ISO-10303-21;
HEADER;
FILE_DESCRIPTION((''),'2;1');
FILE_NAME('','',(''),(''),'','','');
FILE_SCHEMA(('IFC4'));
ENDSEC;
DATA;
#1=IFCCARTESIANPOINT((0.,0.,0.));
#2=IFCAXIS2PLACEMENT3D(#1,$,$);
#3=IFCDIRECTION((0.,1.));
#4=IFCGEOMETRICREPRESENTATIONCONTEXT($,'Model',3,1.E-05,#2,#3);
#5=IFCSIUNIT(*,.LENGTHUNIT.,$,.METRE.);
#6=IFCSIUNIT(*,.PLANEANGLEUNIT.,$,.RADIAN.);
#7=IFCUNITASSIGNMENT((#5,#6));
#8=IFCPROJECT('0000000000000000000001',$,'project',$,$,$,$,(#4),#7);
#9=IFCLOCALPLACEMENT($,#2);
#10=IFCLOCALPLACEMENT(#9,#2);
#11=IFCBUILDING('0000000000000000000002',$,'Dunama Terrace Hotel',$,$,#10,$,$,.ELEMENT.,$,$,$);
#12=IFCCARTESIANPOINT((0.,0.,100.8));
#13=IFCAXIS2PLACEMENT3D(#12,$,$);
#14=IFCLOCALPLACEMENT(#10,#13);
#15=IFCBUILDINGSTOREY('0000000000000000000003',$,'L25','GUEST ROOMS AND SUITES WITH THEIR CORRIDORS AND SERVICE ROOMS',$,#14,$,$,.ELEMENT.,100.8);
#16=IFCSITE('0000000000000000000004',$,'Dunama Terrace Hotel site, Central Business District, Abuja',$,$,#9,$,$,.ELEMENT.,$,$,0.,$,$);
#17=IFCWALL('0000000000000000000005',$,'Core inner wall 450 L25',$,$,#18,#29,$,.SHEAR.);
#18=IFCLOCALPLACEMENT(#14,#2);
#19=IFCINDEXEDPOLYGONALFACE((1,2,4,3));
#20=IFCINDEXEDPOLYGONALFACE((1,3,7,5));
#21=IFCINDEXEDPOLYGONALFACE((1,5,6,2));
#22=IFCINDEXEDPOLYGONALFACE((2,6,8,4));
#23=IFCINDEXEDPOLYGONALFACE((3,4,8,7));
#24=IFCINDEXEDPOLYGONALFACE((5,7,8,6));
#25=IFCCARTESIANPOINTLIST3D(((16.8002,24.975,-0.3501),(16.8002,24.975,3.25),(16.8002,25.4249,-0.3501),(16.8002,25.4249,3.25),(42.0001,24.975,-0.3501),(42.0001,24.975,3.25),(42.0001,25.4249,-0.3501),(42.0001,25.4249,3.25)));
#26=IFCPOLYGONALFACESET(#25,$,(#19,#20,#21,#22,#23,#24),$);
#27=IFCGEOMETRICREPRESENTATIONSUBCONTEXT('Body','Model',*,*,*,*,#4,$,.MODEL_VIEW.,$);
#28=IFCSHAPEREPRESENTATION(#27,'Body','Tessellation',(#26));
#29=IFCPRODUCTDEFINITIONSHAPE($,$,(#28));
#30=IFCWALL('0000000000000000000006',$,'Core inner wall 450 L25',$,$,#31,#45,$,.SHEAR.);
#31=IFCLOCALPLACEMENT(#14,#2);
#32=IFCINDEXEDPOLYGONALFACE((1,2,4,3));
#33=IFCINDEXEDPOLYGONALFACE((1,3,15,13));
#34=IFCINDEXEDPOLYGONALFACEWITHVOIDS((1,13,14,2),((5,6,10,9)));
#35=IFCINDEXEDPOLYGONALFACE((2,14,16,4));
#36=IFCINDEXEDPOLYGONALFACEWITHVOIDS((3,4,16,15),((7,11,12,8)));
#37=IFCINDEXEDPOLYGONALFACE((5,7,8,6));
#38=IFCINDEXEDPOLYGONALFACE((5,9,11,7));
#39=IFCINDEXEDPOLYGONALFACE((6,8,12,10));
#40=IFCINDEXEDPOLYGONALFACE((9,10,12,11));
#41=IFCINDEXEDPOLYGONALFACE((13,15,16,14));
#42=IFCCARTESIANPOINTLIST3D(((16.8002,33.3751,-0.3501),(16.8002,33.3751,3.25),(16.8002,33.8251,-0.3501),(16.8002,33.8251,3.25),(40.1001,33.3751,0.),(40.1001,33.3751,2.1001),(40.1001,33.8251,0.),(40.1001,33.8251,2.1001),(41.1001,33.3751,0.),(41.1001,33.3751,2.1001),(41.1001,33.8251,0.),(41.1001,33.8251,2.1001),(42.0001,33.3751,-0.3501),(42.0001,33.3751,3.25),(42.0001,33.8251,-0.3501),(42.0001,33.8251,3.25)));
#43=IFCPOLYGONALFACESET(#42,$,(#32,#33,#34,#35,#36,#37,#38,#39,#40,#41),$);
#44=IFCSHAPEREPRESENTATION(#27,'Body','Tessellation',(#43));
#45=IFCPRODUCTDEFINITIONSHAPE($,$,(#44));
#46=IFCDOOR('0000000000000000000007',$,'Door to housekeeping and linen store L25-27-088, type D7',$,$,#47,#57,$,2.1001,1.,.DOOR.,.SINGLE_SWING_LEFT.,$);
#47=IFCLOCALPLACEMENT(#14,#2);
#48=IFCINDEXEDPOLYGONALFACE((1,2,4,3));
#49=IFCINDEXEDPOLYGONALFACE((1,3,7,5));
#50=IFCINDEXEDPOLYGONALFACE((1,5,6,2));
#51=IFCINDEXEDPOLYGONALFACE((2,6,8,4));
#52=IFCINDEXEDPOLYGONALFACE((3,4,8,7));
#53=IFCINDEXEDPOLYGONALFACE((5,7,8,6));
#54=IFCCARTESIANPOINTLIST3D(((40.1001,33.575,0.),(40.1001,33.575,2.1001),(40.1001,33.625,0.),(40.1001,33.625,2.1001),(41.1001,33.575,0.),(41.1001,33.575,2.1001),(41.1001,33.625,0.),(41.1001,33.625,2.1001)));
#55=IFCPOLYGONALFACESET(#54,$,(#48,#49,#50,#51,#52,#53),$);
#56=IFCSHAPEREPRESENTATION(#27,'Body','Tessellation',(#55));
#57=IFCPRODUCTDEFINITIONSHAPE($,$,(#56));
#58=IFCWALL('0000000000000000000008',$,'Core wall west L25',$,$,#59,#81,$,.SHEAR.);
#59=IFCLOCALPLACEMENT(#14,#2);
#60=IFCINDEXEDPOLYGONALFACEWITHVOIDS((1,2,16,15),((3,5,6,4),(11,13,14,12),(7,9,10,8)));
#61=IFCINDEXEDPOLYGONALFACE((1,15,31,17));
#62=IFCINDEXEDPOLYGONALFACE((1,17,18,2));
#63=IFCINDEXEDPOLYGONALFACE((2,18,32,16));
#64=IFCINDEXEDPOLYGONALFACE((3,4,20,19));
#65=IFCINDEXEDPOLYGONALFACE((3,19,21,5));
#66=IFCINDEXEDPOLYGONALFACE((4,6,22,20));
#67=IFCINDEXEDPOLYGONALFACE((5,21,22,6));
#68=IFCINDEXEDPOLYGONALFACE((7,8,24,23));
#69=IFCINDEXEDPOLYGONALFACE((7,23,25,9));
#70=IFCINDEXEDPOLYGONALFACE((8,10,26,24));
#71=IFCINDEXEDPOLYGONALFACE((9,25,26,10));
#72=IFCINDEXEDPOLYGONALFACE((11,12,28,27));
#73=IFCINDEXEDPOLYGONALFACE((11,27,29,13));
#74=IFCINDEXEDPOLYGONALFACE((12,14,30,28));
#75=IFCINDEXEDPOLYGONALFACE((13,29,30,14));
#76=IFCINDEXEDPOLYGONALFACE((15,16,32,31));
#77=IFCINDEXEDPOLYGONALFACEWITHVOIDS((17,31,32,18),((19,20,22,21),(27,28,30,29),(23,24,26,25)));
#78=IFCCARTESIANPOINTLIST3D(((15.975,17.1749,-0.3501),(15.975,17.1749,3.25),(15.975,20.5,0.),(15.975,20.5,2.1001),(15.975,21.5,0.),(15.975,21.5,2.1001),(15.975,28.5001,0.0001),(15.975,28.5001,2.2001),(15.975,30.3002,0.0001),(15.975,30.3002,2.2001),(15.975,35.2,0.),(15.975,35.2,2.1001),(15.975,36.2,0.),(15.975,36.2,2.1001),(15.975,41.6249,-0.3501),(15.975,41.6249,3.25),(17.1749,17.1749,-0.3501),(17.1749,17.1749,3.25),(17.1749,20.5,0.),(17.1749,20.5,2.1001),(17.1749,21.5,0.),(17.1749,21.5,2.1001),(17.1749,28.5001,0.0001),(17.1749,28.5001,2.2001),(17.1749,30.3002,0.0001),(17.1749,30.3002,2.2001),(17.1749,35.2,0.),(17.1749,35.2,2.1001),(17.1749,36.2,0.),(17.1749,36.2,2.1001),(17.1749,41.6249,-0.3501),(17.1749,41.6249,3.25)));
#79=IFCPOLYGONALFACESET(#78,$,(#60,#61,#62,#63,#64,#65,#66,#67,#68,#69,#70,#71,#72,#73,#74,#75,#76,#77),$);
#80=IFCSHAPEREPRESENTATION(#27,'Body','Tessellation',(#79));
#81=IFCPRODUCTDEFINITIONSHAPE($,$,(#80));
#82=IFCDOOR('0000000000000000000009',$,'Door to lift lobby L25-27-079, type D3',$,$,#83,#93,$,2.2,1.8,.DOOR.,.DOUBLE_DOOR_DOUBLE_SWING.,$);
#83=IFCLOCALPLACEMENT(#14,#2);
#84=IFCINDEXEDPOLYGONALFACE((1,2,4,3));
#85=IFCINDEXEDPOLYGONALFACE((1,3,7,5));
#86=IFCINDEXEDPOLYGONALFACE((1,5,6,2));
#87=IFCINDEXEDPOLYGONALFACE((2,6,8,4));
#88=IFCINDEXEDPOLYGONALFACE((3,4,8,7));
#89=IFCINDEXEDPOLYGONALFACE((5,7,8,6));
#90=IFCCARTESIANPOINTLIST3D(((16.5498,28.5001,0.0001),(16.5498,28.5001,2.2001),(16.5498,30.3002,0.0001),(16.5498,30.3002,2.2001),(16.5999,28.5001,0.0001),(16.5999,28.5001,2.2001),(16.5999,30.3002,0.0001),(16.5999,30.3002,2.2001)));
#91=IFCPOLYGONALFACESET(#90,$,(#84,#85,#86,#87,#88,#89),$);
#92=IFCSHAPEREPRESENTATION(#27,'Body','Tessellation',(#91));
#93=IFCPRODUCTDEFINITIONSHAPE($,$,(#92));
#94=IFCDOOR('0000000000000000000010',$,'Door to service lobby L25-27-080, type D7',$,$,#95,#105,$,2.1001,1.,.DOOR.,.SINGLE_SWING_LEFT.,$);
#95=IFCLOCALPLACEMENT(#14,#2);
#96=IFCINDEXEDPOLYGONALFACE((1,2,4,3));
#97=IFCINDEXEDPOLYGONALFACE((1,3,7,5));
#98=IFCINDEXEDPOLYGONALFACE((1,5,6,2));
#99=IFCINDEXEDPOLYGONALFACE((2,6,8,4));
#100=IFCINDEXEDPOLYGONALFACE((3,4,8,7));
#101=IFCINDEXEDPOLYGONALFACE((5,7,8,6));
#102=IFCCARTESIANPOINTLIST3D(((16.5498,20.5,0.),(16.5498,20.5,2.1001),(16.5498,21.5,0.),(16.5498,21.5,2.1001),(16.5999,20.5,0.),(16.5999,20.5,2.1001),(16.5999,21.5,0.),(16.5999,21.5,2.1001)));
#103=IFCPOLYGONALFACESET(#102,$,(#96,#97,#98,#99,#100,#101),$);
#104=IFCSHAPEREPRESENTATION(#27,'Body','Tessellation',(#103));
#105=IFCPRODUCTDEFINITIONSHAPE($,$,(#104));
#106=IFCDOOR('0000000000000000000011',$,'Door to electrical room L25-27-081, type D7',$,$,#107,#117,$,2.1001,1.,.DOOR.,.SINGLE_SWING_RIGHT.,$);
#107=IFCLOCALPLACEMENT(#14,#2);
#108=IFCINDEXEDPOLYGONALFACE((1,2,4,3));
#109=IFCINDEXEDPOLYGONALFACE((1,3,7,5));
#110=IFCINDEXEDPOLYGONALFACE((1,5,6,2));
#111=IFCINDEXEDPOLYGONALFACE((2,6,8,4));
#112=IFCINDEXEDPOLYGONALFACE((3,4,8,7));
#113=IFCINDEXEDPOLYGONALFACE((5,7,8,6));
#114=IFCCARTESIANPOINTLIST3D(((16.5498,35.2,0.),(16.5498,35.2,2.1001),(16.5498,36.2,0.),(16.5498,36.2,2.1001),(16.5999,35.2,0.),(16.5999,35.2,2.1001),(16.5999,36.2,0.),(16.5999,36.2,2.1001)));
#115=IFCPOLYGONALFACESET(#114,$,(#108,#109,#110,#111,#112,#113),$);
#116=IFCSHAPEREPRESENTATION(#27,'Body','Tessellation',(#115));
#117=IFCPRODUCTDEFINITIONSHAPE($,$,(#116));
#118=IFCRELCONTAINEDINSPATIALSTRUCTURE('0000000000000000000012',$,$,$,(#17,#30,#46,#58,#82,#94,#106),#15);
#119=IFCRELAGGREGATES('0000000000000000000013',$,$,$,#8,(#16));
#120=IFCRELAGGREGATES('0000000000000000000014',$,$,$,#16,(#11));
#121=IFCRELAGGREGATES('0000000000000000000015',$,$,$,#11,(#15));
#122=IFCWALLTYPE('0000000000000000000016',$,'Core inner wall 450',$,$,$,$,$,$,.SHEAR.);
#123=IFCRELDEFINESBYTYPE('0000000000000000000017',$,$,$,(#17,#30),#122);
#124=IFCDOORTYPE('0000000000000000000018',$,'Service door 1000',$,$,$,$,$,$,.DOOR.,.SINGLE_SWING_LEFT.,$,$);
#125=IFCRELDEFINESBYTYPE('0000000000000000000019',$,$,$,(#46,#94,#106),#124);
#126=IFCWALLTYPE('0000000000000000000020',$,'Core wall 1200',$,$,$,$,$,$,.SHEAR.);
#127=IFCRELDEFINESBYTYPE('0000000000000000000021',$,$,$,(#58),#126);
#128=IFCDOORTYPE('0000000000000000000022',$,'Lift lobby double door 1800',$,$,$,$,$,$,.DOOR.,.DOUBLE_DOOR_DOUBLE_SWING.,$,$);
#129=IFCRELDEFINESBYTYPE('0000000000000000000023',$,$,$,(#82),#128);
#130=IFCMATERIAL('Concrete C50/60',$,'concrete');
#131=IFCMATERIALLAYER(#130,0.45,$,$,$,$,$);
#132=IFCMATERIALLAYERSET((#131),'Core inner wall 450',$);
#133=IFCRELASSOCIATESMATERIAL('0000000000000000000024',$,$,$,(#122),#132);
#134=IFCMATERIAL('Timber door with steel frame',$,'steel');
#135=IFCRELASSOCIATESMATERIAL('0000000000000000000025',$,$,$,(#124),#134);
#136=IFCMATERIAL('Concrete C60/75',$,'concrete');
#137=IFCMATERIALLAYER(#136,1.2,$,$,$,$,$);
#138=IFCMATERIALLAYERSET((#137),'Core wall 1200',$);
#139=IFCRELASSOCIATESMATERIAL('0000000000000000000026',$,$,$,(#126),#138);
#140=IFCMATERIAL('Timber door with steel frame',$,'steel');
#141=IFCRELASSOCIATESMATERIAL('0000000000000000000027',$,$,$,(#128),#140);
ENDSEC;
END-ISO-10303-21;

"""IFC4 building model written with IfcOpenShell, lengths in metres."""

from ifc_helpers import new_model, si_unit, direction, frame, frame_2d, origin, place, context, subcontext, project, spatial, rectangle, extrude, material, layer, layer_set, type_object, element, fill, save


model = new_model("IFC4")

# Units and contexts
model_context = context("Model", 3, precision=1e-05, world=origin(), true_north=direction((0.0, 1.0)))
body_context = subcontext(model_context, "Body", "Model", "MODEL_VIEW")
ifc_project = project(units=[si_unit("LENGTHUNIT", "METRE"), si_unit("PLANEANGLEUNIT", "RADIAN")], contexts=[model_context])

# Site, building, storey
site_placement = place(None, origin())
site = spatial("IfcSite", under=ifc_project, at=site_placement, Name="Dunama Terrace Hotel site, Central Business District, Abuja", CompositionType="ELEMENT", RefElevation=0.0)
building_placement = place(site_placement, origin())
building = spatial("IfcBuilding", under=site, at=building_placement, Name="Dunama Terrace Hotel", CompositionType="ELEMENT")
storey_placement = place(building_placement, frame((0.0, 0.0, 100.8)))
storey = spatial("IfcBuildingStorey", under=building, at=storey_placement, Name="L25", Description="GUEST ROOMS AND SUITES WITH THEIR CORRIDORS AND SERVICE ROOMS", CompositionType="ELEMENT", Elevation=100.8)

# Wall
ifc_material_1 = material(Name="Concrete C50/60", Category="concrete")
ifc_layer_1 = layer(ifc_material_1, 0.45)
ifc_layer_set_1 = layer_set([ifc_layer_1], Name="Core inner wall 450")
wall_type_1 = type_object("IfcWallType", Name="Core inner wall 450", PredefinedType="SHEAR", material=ifc_layer_set_1)
wall_1_placement = place(storey_placement, frame((16.8, 25.2, -0.3501), z_axis=(0.0, 0.0, 1.0), x_axis=(1.0, 0.0, 0.0)))
element("IfcWall", 1, at=wall_1_placement, inside=storey, type_object=wall_type_1, Name="Core inner wall 450 L25", PredefinedType="SHEAR", context=body_context, shape_type="SweptSolid", body=[
    extrude(rectangle(XDim=25.2, YDim=0.45, at=frame_2d((12.6001, 0.0))), origin(), (0.0, 0.0, 1.0), 3.6001),
])

# Wall, opening, door
wall_2_placement = place(storey_placement, frame((16.8, 33.6001, -0.3501), z_axis=(0.0, 0.0, 1.0), x_axis=(1.0, 0.0, 0.0)))
wall_2 = element("IfcWall", 2, at=wall_2_placement, inside=storey, type_object=wall_type_1, Name="Core inner wall 450 L25", PredefinedType="SHEAR", context=body_context, shape_type="SweptSolid", body=[
    extrude(rectangle(XDim=25.2, YDim=0.45, at=frame_2d((12.6001, 0.0))), origin(), (0.0, 0.0, 1.0), 3.6001),
])
opening_1_placement = place(wall_2_placement, frame((23.3, 0.0, 0.3501)))
opening_1 = element("IfcOpeningElement", 3, at=opening_1_placement, cuts=wall_2, PredefinedType="OPENING", context=body_context, shape_type="SweptSolid", body=[
    extrude(rectangle(XDim=1.0, YDim=2.1001, at=frame_2d((0.5, 1.05))), frame((0.0, 0.2349, 0.0), z_axis=(0.0, -1.0, 0.0), x_axis=(1.0, 0.0, 0.0)), (0.0, 0.0, 1.0), 0.47),
])
ifc_material_2 = material(Name="Timber door with steel frame", Category="steel")
door_type_1 = type_object("IfcDoorType", Name="Service door 1000", OperationType="SINGLE_SWING_LEFT", PredefinedType="DOOR", material=ifc_material_2)
door_1_placement = place(opening_1_placement, frame((1.0, 0.0, 0.0), z_axis=(0.0, 0.0, 1.0), x_axis=(-1.0, 0.0, 0.0)))
door_1 = element("IfcDoor", 4, at=door_1_placement, inside=storey, type_object=door_type_1, Name="Door to housekeeping and linen store L25-27-088, type D7", OperationType="SINGLE_SWING_LEFT", OverallHeight=2.1001, OverallWidth=1.0, PredefinedType="DOOR", context=body_context, shape_type="SweptSolid", body=[
    extrude(rectangle(XDim=1.0, YDim=2.1001, at=frame_2d((0.5, 1.05))), frame((0.0, 0.0251, 0.0), z_axis=(0.0, -1.0, 0.0), x_axis=(1.0, 0.0, 0.0)), (0.0, 0.0, 1.0), 0.05),
])
fill(opening_1, door_1)

# Wall, openings, doors
ifc_material_3 = material(Name="Concrete C60/75", Category="concrete")
ifc_layer_2 = layer(ifc_material_3, 1.2)
ifc_layer_set_2 = layer_set([ifc_layer_2], Name="Core wall 1200")
wall_type_2 = type_object("IfcWallType", Name="Core wall 1200", PredefinedType="SHEAR", material=ifc_layer_set_2)
wall_3_placement = place(storey_placement, frame((16.575, 41.625, -0.3501), z_axis=(0.0, 0.0, 1.0), x_axis=(0.0, -1.0, 0.0)))
wall_3 = element("IfcWall", 5, at=wall_3_placement, inside=storey, type_object=wall_type_2, Name="Core wall west L25", PredefinedType="SHEAR", context=body_context, shape_type="SweptSolid", body=[
    extrude(rectangle(XDim=24.45, YDim=1.2, at=frame_2d((12.2251, 0.0))), origin(), (0.0, 0.0, 1.0), 3.6001),
])
opening_2_placement = place(wall_3_placement, frame((11.325, 0.0, 0.3501)))
opening_2 = element("IfcOpeningElement", 6, at=opening_2_placement, cuts=wall_3, PredefinedType="OPENING", context=body_context, shape_type="SweptSolid", body=[
    extrude(rectangle(XDim=1.8, YDim=2.2, at=frame_2d((0.8999, 1.1001))), frame((0.0, 0.6099, 0.0), z_axis=(0.0, -1.0, 0.0), x_axis=(1.0, 0.0, 0.0)), (0.0, 0.0, 1.0), 1.22),
])
opening_3_placement = place(wall_3_placement, frame((20.125, 0.0, 0.3501)))
opening_3 = element("IfcOpeningElement", 7, at=opening_3_placement, cuts=wall_3, PredefinedType="OPENING", context=body_context, shape_type="SweptSolid", body=[
    extrude(rectangle(XDim=1.0, YDim=2.1001, at=frame_2d((0.5, 1.05))), frame((0.0, 0.6099, 0.0), z_axis=(0.0, -1.0, 0.0), x_axis=(1.0, 0.0, 0.0)), (0.0, 0.0, 1.0), 1.22),
])
opening_4_placement = place(wall_3_placement, frame((5.425, 0.0, 0.3501)))
opening_4 = element("IfcOpeningElement", 8, at=opening_4_placement, cuts=wall_3, PredefinedType="OPENING", context=body_context, shape_type="SweptSolid", body=[
    extrude(rectangle(XDim=1.0, YDim=2.1001, at=frame_2d((0.5, 1.05))), frame((0.0, 0.6099, 0.0), z_axis=(0.0, -1.0, 0.0), x_axis=(1.0, 0.0, 0.0)), (0.0, 0.0, 1.0), 1.22),
])
ifc_material_4 = material(Name="Timber door with steel frame", Category="steel")
door_type_2 = type_object("IfcDoorType", Name="Lift lobby double door 1800", OperationType="DOUBLE_DOOR_DOUBLE_SWING", PredefinedType="DOOR", material=ifc_material_4)
door_2_placement = place(opening_2_placement, origin())
door_2 = element("IfcDoor", 9, at=door_2_placement, inside=storey, type_object=door_type_2, Name="Door to lift lobby L25-27-079, type D3", OperationType="DOUBLE_DOOR_DOUBLE_SWING", OverallHeight=2.2, OverallWidth=1.8, PredefinedType="DOOR", context=body_context, shape_type="SweptSolid", body=[
    extrude(rectangle(XDim=1.8, YDim=2.2, at=frame_2d((0.8999, 1.1001))), frame((0.0, 0.0249, 0.0), z_axis=(0.0, -1.0, 0.0), x_axis=(1.0, 0.0, 0.0)), (0.0, 0.0, 1.0), 0.05),
])
fill(opening_2, door_2)
door_3_placement = place(opening_3_placement, origin())
door_3 = element("IfcDoor", 10, at=door_3_placement, inside=storey, type_object=door_type_1, Name="Door to service lobby L25-27-080, type D7", OperationType="SINGLE_SWING_LEFT", OverallHeight=2.1001, OverallWidth=1.0, PredefinedType="DOOR", context=body_context, shape_type="SweptSolid", body=[
    extrude(rectangle(XDim=1.0, YDim=2.1001, at=frame_2d((0.5, 1.05))), frame((0.0, 0.0249, 0.0), z_axis=(0.0, -1.0, 0.0), x_axis=(1.0, 0.0, 0.0)), (0.0, 0.0, 1.0), 0.05),
])
fill(opening_3, door_3)
door_4_placement = place(opening_4_placement, origin())
door_4 = element("IfcDoor", 11, at=door_4_placement, inside=storey, type_object=door_type_1, Name="Door to electrical room L25-27-081, type D7", OperationType="SINGLE_SWING_RIGHT", OverallHeight=2.1001, OverallWidth=1.0, PredefinedType="DOOR", context=body_context, shape_type="SweptSolid", body=[
    extrude(rectangle(XDim=1.0, YDim=2.1001, at=frame_2d((0.5, 1.05))), frame((0.0, 0.0249, 0.0), z_axis=(0.0, -1.0, 0.0), x_axis=(1.0, 0.0, 0.0)), (0.0, 0.0, 1.0), 0.05),
])
fill(opening_4, door_4)

save(model, "model.ifc")
